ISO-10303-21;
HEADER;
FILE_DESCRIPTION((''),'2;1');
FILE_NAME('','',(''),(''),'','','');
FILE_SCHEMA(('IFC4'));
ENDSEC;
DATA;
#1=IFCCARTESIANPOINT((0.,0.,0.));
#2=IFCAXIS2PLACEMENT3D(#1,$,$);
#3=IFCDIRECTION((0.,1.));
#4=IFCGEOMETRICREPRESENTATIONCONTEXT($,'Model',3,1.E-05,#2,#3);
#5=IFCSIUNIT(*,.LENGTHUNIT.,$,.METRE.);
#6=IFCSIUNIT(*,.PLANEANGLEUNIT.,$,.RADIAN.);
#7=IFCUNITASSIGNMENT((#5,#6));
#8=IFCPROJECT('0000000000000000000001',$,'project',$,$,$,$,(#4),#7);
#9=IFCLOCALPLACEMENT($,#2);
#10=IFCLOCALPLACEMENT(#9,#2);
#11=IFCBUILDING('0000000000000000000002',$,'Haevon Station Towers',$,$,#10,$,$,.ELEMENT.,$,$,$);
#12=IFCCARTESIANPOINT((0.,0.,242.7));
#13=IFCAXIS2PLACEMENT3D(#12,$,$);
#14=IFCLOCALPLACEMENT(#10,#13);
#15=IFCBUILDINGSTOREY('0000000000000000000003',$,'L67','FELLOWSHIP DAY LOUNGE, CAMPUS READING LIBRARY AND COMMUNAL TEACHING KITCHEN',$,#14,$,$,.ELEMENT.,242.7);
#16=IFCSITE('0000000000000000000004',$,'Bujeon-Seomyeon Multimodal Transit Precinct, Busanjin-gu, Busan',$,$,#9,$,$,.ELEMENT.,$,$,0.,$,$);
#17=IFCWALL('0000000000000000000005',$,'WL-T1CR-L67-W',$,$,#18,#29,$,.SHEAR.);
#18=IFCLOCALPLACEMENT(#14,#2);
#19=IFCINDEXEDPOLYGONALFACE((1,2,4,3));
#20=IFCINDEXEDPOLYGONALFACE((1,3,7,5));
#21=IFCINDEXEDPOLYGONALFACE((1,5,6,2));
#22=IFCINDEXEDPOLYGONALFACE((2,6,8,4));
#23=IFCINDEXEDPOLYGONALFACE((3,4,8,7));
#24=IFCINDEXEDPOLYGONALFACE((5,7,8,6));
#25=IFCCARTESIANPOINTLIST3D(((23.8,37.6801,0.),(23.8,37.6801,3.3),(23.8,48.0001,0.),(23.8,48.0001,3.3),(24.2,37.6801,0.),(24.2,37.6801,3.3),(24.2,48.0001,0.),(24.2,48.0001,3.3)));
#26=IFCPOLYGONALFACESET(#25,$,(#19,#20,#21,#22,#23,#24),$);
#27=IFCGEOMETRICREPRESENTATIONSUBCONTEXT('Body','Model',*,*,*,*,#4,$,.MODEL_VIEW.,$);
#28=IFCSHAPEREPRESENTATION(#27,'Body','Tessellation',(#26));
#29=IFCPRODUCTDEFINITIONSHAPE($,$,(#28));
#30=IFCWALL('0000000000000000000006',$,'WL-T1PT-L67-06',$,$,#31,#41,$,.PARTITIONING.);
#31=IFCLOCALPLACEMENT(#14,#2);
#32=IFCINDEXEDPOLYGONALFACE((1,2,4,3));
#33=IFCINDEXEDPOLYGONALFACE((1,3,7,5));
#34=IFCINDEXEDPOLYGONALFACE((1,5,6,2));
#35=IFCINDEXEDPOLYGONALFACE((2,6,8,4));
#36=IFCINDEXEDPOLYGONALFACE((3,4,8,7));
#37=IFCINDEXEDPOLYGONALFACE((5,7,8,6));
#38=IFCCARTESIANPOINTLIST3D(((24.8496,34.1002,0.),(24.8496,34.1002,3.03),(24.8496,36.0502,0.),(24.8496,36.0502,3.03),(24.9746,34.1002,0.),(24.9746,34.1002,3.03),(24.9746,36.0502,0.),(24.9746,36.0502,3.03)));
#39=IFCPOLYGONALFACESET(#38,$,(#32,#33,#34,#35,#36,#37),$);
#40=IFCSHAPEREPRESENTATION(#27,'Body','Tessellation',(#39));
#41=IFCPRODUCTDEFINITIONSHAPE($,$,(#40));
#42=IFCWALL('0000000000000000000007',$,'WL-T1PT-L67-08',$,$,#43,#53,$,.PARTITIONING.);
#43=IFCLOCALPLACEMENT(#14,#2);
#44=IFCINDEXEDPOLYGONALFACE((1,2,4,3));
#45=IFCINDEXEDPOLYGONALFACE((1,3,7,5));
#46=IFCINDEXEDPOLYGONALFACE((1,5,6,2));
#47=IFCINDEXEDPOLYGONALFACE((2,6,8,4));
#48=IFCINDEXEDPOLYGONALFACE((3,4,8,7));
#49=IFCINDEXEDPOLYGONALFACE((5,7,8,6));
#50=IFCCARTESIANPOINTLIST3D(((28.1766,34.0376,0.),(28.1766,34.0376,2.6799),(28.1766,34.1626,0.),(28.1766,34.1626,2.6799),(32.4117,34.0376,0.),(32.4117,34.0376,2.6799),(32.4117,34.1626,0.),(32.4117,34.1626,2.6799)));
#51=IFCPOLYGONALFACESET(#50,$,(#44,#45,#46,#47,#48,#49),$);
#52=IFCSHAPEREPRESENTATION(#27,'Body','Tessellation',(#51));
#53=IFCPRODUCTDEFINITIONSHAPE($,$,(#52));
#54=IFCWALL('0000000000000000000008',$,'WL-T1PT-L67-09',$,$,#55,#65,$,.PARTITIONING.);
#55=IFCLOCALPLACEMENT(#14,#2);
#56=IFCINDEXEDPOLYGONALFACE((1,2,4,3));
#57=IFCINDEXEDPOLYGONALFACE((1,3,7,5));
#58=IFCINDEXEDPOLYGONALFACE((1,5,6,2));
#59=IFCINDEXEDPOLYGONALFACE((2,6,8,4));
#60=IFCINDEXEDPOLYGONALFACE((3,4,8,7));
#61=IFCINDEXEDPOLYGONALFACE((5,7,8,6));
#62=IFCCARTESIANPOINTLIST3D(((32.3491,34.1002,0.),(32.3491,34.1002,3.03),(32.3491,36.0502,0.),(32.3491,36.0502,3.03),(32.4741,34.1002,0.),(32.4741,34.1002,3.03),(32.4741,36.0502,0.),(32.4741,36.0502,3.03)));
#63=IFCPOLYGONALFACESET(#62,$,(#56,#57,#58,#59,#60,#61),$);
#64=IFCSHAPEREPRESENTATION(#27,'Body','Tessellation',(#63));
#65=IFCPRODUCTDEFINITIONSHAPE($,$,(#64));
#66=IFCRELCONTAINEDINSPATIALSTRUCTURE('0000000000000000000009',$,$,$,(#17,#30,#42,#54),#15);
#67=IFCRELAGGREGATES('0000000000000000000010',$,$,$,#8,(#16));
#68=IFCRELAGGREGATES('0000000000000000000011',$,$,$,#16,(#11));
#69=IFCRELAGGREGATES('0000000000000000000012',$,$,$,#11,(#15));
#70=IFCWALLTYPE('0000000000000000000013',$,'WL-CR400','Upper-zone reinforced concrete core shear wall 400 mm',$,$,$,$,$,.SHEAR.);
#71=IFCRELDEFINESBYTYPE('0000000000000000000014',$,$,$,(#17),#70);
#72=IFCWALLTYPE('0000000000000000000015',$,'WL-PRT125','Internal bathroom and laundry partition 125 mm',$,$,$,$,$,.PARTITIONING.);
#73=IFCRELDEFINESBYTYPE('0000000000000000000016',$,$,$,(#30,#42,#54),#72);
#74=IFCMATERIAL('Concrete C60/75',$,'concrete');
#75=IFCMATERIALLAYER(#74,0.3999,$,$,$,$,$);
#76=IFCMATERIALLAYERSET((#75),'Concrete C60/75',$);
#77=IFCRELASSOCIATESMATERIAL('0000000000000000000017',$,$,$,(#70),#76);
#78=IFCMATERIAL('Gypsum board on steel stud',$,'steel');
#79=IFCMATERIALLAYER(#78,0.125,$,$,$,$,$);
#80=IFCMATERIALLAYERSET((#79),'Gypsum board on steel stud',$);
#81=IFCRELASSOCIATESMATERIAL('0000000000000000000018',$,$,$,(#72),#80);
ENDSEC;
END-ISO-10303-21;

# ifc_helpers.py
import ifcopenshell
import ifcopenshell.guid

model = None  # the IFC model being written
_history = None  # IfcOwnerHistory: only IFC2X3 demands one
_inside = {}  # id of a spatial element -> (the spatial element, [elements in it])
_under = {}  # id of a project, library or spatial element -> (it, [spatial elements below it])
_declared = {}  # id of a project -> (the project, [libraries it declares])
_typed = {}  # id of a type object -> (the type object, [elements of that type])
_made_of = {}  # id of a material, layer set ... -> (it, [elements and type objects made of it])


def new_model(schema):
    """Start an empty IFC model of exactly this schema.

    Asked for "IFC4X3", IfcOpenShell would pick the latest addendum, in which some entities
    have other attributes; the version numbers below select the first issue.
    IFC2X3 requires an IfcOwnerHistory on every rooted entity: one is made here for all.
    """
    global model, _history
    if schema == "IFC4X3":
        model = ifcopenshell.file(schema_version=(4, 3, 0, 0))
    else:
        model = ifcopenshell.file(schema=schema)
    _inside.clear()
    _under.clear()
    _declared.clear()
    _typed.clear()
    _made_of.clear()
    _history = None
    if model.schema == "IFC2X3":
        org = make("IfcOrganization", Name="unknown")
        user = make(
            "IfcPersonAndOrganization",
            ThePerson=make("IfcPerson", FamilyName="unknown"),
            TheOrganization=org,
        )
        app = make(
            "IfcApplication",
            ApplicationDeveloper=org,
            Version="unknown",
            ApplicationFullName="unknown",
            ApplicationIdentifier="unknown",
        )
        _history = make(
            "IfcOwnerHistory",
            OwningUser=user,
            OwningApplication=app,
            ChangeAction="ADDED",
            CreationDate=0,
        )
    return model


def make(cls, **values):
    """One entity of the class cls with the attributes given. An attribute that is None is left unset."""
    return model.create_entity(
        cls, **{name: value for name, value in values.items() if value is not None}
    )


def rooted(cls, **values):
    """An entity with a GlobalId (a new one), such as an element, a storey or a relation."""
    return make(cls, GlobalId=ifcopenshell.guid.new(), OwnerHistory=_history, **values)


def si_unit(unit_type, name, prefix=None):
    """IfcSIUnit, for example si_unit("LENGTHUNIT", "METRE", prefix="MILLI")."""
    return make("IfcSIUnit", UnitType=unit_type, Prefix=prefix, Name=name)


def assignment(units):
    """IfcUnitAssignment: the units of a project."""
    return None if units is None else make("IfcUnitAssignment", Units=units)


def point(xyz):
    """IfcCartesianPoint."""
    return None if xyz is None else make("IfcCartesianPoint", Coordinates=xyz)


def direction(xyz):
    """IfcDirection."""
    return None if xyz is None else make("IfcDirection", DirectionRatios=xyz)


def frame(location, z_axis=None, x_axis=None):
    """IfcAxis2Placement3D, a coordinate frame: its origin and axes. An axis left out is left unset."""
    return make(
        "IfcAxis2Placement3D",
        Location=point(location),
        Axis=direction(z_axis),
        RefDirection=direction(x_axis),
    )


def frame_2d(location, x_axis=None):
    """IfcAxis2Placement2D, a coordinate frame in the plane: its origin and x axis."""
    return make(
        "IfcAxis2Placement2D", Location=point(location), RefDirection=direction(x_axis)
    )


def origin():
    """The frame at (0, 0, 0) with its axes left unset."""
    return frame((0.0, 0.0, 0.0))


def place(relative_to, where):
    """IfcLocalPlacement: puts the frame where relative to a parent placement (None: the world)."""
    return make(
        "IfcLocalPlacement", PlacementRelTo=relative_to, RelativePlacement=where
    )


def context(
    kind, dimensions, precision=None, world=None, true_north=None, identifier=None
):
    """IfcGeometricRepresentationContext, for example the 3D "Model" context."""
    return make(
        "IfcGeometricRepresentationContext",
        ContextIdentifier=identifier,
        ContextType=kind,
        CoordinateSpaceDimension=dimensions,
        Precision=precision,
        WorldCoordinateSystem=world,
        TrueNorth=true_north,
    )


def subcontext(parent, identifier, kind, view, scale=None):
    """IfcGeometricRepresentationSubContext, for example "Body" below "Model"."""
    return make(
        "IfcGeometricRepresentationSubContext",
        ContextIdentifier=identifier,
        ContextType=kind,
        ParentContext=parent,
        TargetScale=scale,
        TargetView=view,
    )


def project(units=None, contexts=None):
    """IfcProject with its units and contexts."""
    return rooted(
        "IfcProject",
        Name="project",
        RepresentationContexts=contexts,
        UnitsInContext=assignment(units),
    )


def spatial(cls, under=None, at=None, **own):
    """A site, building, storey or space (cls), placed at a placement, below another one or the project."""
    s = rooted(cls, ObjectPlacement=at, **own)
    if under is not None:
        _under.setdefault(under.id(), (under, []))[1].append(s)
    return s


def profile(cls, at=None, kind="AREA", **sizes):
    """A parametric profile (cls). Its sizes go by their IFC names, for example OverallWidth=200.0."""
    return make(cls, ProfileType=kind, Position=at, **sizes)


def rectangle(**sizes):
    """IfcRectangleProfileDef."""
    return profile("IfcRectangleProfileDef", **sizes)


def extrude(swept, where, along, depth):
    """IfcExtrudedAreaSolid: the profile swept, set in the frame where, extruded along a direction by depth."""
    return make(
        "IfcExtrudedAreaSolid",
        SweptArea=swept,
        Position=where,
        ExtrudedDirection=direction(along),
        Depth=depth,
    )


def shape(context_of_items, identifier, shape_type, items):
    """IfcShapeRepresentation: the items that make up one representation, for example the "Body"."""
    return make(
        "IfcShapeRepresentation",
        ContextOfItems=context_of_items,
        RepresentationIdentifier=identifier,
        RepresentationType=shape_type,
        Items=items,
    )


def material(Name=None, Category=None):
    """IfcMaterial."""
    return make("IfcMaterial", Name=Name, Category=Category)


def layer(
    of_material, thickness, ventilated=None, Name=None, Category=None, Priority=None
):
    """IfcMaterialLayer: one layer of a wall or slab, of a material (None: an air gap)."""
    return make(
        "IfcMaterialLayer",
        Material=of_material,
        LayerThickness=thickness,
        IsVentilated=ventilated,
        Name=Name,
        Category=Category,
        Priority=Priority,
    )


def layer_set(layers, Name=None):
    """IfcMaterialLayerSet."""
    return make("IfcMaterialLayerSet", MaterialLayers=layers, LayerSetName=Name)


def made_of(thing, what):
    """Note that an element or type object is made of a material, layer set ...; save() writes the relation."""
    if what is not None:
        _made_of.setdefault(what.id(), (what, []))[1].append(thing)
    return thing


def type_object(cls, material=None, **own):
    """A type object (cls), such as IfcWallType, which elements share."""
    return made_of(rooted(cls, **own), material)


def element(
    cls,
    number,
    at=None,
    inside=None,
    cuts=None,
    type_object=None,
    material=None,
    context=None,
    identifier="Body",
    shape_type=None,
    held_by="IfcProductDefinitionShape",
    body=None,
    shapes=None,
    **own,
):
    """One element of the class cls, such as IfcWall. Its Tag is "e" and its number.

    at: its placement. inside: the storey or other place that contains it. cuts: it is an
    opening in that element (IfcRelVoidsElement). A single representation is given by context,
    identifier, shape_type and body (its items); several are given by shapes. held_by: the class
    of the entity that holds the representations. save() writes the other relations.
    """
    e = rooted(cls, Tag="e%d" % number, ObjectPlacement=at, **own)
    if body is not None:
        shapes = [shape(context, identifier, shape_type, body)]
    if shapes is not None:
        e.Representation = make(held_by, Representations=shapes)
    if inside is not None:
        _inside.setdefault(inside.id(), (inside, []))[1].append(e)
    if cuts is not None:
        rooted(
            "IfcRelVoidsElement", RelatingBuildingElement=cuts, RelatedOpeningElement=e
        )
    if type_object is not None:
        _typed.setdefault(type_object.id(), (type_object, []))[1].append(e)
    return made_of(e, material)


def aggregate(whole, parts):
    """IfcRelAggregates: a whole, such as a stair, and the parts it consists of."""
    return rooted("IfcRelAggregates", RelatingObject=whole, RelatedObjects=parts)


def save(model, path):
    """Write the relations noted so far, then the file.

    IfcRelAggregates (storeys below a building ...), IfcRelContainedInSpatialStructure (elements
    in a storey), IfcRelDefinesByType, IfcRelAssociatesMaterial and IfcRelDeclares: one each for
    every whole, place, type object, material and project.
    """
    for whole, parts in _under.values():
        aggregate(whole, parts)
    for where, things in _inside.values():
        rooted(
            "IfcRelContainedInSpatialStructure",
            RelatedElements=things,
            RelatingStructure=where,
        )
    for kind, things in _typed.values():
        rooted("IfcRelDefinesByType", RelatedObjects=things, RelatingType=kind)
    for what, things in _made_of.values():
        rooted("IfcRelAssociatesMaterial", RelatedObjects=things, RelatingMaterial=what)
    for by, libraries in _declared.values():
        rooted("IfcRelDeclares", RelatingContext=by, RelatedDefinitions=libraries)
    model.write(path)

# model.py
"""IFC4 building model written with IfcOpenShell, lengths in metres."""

from ifc_helpers import new_model, si_unit, direction, frame, frame_2d, origin, place, context, subcontext, project, spatial, rectangle, extrude, material, layer, layer_set, type_object, element, save


model = new_model("IFC4")

# Units and contexts
model_context = context("Model", 3, precision=1e-05, world=origin(), true_north=direction((0.0, 1.0)))
body_context = subcontext(model_context, "Body", "Model", "MODEL_VIEW")
ifc_project = project(units=[si_unit("LENGTHUNIT", "METRE"), si_unit("PLANEANGLEUNIT", "RADIAN")], contexts=[model_context])

# Site, building, storey
site_placement = place(None, origin())
site = spatial("IfcSite", under=ifc_project, at=site_placement, Name="Bujeon-Seomyeon Multimodal Transit Precinct, Busanjin-gu, Busan", CompositionType="ELEMENT", RefElevation=0.0)
building_placement = place(site_placement, origin())
building = spatial("IfcBuilding", under=site, at=building_placement, Name="Haevon Station Towers", CompositionType="ELEMENT")
storey_placement = place(building_placement, frame((0.0, 0.0, 242.7)))
storey = spatial("IfcBuildingStorey", under=building, at=storey_placement, Name="L67", Description="FELLOWSHIP DAY LOUNGE, CAMPUS READING LIBRARY AND COMMUNAL TEACHING KITCHEN", CompositionType="ELEMENT", Elevation=242.7)

# Shared definitions
ifc_material_1 = material(Name="Gypsum board on steel stud", Category="steel")

# Walls
ifc_material_2 = material(Name="Concrete C60/75", Category="concrete")
ifc_layer_1 = layer(ifc_material_2, 0.3999)
ifc_layer_set_1 = layer_set([ifc_layer_1], Name="Concrete C60/75")
wall_type_1 = type_object("IfcWallType", Name="WL-CR400", Description="Upper-zone reinforced concrete core shear wall 400 mm", PredefinedType="SHEAR", material=ifc_layer_set_1)
wall_1_placement = place(storey_placement, frame((24.0, 37.6799, 0.0), z_axis=(0.0, 0.0, 1.0), x_axis=(0.0, 1.0, 0.0)))
element("IfcWall", 1, at=wall_1_placement, inside=storey, type_object=wall_type_1, Name="WL-T1CR-L67-W", PredefinedType="SHEAR", context=body_context, shape_type="SweptSolid", body=[
    extrude(rectangle(XDim=10.3201, YDim=0.3999, at=frame_2d((5.1602, 0.0))), origin(), (0.0, 0.0, 1.0), 3.3),
])
ifc_layer_2 = layer(ifc_material_1, 0.125)
ifc_layer_set_2 = layer_set([ifc_layer_2], Name="Gypsum board on steel stud")
wall_type_2 = type_object("IfcWallType", Name="WL-PRT125", Description="Internal bathroom and laundry partition 125 mm", PredefinedType="PARTITIONING", material=ifc_layer_set_2)
wall_2_placement = place(storey_placement, frame((24.9121, 34.1001, 0.0), z_axis=(0.0, 0.0, 1.0), x_axis=(0.0, 1.0, 0.0)))
element("IfcWall", 2, at=wall_2_placement, inside=storey, type_object=wall_type_2, Name="WL-T1PT-L67-06", PredefinedType="PARTITIONING", context=body_context, shape_type="SweptSolid", body=[
    extrude(rectangle(XDim=1.95, YDim=0.125, at=frame_2d((0.9751, 0.0))), origin(), (0.0, 0.0, 1.0), 3.03),
])
wall_3_placement = place(storey_placement, frame((28.1765, 34.1001, 0.0), z_axis=(0.0, 0.0, 1.0), x_axis=(1.0, 0.0, 0.0)))
element("IfcWall", 3, at=wall_3_placement, inside=storey, type_object=wall_type_2, Name="WL-T1PT-L67-08", PredefinedType="PARTITIONING", context=body_context, shape_type="SweptSolid", body=[
    extrude(rectangle(XDim=4.2351, YDim=0.125, at=frame_2d((2.1177, 0.0))), origin(), (0.0, 0.0, 1.0), 2.6799),
])
wall_4_placement = place(storey_placement, frame((32.4116, 34.1001, 0.0), z_axis=(0.0, 0.0, 1.0), x_axis=(0.0, 1.0, 0.0)))
element("IfcWall", 4, at=wall_4_placement, inside=storey, type_object=wall_type_2, Name="WL-T1PT-L67-09", PredefinedType="PARTITIONING", context=body_context, shape_type="SweptSolid", body=[
    extrude(rectangle(XDim=1.95, YDim=0.125, at=frame_2d((0.9751, 0.0))), origin(), (0.0, 0.0, 1.0), 3.03),
])

save(model, "model.ifc")
